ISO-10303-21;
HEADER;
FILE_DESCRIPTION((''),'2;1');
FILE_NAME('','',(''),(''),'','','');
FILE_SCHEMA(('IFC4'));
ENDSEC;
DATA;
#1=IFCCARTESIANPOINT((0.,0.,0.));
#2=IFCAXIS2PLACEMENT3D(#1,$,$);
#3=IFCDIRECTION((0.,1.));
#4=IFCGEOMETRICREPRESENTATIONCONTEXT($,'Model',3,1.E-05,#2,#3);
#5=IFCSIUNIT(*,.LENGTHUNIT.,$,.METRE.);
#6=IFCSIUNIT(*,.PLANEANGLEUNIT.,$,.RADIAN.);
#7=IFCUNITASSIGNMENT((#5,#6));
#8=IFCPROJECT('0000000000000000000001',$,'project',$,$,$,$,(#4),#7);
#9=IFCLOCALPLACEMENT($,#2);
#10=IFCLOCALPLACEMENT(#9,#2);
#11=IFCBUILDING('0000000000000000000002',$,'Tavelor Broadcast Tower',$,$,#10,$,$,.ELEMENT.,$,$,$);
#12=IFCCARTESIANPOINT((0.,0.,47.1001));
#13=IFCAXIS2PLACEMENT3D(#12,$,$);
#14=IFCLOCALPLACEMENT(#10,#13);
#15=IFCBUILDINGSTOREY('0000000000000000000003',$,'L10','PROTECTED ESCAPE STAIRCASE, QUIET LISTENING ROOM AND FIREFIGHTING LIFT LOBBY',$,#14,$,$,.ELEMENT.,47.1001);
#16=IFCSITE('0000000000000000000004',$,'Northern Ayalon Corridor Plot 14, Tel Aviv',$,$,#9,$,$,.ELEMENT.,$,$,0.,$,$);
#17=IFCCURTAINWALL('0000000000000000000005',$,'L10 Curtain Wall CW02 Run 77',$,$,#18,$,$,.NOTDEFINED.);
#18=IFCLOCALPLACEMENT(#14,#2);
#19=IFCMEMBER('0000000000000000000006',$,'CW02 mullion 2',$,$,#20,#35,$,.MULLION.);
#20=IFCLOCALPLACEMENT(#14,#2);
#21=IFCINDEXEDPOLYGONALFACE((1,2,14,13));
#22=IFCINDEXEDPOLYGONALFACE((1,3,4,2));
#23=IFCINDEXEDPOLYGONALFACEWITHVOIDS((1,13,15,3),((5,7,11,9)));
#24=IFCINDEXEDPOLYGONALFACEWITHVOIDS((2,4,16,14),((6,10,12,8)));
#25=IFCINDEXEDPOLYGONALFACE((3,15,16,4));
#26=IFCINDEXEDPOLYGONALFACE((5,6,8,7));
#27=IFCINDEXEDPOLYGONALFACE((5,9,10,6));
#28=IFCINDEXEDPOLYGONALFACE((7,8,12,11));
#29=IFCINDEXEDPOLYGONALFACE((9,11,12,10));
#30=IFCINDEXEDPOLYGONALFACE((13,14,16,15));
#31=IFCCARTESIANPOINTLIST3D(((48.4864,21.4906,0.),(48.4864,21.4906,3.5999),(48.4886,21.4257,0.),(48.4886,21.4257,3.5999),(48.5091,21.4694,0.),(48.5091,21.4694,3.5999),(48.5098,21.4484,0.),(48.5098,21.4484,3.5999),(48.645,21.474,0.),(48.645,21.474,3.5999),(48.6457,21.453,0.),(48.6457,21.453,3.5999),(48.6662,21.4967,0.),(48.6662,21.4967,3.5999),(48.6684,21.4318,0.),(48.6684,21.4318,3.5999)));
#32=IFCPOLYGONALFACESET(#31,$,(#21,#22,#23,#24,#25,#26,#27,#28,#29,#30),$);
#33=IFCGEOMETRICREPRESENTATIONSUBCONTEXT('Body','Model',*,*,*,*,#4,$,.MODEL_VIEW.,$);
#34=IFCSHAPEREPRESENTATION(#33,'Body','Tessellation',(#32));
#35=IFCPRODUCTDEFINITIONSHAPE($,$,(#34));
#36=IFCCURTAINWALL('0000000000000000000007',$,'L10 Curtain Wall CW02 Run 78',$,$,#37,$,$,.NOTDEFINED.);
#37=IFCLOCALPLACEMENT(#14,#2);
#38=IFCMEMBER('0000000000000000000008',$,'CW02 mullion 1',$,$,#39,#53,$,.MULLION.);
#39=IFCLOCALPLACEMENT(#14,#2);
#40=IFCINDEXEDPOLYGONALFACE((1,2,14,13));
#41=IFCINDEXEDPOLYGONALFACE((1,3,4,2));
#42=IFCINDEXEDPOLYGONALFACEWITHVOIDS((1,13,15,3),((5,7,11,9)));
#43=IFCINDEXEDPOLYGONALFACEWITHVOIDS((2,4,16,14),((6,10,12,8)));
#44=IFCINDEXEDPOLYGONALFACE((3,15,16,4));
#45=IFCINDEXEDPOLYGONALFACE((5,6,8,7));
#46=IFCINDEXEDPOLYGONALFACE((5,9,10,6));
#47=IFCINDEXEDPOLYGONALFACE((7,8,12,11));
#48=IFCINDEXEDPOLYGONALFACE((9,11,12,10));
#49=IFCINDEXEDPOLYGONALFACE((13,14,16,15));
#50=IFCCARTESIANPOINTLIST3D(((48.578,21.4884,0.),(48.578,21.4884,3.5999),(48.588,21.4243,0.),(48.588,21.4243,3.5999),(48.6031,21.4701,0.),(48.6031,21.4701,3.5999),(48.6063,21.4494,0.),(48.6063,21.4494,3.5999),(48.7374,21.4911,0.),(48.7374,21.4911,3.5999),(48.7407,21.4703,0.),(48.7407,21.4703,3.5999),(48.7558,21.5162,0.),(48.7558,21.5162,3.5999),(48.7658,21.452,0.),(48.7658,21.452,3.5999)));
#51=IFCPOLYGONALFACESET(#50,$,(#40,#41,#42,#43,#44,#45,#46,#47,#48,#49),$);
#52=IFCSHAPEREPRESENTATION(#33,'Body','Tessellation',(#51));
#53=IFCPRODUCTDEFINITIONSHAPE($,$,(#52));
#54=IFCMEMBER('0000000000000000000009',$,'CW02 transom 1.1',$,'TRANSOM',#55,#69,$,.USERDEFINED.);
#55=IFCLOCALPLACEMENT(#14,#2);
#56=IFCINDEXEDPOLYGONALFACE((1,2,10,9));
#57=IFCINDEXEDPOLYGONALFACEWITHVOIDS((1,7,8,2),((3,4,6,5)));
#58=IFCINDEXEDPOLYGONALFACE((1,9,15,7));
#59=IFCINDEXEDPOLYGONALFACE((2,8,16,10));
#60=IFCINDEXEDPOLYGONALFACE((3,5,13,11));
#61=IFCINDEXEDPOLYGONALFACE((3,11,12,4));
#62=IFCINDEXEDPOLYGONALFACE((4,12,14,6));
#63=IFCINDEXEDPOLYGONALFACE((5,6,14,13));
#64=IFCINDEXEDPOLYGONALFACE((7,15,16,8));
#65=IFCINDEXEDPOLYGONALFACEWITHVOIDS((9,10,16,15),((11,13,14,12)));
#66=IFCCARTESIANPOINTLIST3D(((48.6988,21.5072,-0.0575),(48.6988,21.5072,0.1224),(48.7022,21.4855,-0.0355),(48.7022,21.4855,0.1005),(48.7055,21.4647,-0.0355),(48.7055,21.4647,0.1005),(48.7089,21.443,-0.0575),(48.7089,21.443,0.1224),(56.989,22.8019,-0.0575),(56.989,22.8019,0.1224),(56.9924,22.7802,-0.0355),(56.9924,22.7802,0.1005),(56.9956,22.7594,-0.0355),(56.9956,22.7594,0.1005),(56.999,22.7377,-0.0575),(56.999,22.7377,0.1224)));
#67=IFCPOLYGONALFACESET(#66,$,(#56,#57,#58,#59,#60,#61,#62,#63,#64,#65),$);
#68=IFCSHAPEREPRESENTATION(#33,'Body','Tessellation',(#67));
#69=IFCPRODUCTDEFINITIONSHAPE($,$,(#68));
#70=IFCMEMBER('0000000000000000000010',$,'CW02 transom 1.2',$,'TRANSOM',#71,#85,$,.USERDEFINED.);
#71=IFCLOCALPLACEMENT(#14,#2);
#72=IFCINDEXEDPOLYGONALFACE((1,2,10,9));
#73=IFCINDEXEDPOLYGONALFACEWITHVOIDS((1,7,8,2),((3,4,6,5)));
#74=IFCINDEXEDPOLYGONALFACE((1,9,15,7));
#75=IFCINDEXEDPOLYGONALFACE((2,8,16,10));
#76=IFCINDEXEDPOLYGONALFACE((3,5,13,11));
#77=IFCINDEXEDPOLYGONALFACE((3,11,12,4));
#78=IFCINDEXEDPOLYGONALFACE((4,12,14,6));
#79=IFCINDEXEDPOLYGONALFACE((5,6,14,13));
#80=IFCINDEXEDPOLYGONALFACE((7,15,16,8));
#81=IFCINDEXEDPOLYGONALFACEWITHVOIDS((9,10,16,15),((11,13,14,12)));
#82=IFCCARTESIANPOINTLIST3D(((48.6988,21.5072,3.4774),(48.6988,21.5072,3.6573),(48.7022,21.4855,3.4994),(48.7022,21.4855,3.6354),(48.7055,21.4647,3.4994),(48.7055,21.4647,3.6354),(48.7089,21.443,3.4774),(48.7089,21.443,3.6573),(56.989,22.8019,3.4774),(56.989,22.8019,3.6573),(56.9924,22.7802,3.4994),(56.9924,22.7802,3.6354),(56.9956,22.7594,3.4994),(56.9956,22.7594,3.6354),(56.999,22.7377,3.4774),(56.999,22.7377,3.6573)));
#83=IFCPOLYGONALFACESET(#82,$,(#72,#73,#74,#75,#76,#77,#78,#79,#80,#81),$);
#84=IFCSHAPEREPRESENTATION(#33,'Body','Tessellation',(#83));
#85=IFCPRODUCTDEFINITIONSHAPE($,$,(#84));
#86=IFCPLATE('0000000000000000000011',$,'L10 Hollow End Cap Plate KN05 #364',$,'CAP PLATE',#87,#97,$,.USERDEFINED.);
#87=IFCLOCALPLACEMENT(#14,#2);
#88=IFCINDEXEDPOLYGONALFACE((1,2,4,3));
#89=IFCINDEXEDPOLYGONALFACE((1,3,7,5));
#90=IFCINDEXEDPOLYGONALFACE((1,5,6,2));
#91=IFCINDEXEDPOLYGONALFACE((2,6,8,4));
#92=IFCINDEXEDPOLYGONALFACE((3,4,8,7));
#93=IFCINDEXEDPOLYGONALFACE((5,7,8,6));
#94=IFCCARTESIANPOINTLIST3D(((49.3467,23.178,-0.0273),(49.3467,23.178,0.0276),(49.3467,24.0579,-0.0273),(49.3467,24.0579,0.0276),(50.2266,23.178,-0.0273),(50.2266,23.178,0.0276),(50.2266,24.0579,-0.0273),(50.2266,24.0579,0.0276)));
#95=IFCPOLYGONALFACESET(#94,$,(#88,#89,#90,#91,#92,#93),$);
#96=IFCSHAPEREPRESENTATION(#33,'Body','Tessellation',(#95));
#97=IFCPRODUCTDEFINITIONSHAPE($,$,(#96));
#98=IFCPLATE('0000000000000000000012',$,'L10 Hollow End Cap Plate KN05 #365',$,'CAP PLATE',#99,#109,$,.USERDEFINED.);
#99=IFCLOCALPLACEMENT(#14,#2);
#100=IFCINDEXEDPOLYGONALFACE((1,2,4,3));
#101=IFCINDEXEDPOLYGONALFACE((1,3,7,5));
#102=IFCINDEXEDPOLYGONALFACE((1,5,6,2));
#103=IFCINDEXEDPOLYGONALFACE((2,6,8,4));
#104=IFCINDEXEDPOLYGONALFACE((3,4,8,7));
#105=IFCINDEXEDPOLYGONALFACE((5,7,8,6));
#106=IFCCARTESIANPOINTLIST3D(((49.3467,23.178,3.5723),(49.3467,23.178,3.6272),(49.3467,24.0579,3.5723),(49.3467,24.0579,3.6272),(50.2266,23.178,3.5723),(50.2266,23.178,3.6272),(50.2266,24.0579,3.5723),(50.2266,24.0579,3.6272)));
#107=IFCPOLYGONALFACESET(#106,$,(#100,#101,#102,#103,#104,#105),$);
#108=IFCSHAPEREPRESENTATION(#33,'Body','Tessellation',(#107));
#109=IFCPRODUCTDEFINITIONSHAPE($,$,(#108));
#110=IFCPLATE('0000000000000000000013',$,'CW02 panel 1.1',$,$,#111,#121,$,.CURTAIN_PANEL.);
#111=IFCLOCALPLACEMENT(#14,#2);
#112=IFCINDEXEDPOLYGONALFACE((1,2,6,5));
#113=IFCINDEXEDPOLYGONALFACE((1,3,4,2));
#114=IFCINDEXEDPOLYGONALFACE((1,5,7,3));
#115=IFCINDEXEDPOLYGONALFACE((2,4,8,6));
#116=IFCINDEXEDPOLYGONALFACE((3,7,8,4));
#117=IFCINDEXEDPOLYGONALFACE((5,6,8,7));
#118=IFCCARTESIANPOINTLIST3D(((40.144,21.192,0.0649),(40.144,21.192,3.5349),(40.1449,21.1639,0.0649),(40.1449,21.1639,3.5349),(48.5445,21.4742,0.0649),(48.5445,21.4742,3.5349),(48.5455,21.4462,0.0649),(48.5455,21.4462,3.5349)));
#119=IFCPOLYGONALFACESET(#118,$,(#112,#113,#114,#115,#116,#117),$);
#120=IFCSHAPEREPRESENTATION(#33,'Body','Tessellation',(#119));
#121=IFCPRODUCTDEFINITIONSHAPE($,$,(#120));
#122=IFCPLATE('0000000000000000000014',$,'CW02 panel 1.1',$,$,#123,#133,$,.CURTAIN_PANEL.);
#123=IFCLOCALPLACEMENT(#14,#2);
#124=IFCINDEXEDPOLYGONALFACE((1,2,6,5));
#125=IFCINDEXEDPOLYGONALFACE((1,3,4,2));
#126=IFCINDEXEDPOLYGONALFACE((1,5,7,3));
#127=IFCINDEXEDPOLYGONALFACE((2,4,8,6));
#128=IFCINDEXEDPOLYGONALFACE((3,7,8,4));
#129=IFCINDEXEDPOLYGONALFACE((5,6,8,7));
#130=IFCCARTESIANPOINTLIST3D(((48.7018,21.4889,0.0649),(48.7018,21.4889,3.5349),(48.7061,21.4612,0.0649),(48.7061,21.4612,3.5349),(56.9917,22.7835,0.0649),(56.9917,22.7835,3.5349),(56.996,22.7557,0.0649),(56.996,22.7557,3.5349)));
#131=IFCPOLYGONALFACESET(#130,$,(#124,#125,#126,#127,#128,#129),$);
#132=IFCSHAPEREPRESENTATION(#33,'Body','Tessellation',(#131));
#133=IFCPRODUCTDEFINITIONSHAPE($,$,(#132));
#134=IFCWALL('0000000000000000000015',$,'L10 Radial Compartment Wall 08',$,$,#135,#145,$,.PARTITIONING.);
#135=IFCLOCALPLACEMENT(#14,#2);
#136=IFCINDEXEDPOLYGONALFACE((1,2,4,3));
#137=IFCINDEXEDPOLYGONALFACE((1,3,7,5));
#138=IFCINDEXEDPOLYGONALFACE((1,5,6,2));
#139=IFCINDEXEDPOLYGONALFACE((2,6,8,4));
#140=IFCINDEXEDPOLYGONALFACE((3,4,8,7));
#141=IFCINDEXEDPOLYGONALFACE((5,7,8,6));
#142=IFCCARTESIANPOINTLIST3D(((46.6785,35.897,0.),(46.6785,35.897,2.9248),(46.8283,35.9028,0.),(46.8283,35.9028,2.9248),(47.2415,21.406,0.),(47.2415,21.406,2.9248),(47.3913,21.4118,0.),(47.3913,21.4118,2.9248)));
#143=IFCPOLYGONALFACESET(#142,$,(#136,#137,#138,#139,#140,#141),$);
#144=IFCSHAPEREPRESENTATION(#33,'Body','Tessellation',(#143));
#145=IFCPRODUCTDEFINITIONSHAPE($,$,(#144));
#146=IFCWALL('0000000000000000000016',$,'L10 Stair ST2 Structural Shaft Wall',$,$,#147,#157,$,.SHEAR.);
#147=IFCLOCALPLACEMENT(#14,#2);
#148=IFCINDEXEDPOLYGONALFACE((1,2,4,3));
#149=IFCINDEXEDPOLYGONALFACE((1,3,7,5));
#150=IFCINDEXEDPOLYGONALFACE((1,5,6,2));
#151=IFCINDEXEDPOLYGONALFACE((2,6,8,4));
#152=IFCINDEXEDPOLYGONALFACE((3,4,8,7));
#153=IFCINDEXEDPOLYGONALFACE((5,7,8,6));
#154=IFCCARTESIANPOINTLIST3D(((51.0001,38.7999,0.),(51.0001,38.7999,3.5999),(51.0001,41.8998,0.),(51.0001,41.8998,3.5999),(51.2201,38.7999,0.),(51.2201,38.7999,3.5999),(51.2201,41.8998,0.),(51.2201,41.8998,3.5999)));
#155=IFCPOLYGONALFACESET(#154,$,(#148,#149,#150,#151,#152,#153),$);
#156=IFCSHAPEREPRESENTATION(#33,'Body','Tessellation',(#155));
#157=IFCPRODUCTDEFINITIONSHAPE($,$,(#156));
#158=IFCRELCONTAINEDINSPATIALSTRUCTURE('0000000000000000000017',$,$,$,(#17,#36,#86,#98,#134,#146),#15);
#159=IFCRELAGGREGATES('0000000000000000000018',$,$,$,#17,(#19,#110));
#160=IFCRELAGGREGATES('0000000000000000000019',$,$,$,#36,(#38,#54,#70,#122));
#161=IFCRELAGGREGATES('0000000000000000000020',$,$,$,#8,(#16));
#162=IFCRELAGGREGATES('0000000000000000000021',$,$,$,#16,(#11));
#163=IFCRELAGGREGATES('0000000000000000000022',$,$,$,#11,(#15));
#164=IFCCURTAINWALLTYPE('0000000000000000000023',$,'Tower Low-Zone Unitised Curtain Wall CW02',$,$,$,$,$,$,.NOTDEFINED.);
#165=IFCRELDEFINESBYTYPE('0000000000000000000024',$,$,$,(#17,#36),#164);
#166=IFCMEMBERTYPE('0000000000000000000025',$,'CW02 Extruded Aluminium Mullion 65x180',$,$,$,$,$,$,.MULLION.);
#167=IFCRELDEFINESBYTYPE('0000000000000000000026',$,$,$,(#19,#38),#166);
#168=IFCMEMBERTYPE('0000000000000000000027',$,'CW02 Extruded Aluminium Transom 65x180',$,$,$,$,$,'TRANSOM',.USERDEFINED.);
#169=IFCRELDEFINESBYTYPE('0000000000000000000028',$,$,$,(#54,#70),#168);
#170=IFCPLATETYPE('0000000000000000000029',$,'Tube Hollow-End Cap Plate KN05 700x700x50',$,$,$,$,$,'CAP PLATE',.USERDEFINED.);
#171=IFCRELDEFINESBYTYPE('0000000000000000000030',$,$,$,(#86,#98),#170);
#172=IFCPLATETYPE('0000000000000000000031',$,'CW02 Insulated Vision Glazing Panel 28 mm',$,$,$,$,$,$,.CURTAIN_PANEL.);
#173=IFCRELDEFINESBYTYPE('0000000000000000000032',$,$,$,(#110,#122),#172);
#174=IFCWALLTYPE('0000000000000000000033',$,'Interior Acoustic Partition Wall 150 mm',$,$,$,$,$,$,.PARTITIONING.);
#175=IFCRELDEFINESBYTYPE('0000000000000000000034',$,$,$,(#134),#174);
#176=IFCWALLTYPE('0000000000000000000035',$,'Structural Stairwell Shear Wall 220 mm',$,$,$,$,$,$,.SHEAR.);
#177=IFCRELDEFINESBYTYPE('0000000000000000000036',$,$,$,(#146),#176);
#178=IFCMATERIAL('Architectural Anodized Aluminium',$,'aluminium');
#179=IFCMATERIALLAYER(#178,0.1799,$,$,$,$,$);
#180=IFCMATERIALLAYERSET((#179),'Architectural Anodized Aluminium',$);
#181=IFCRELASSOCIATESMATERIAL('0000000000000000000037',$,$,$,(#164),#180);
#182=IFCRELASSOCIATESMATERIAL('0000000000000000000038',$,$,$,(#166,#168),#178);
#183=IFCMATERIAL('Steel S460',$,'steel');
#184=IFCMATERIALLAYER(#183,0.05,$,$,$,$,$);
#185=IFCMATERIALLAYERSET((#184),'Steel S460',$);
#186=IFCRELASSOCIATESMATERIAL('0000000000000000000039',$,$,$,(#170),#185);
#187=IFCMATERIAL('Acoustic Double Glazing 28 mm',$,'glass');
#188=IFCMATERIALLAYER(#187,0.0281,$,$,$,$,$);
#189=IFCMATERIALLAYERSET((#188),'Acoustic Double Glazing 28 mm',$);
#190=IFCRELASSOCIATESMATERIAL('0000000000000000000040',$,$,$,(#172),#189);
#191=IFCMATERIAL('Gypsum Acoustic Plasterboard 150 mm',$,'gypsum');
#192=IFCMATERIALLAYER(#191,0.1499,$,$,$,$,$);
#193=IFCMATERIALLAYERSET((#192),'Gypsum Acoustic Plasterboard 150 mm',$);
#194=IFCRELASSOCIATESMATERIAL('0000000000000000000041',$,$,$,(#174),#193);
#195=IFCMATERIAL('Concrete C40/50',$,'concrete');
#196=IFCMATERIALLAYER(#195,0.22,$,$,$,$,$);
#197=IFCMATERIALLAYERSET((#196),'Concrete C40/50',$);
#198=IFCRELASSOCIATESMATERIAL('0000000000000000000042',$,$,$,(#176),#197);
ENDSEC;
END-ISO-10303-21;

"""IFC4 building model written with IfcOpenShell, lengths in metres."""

from ifc_helpers import new_model, si_unit, direction, frame, frame_2d, origin, origin_2d, place, context, subcontext, project, spatial, rectangle, hollow_rectangle, extrude, source, transform, mapped, material, layer, layer_set, material_profile, profile_set, type_object, type_shapes, element, aggregate, save


model = new_model("IFC4")

# Units and contexts
model_context = context("Model", 3, precision=1e-05, world=origin(), true_north=direction((0.0, 1.0)))
body_context = subcontext(model_context, "Body", "Model", "MODEL_VIEW")
ifc_project = project(units=[si_unit("LENGTHUNIT", "METRE"), si_unit("PLANEANGLEUNIT", "RADIAN")], contexts=[model_context])

# Site, building, storey
site_placement = place(None, origin())
site = spatial("IfcSite", under=ifc_project, at=site_placement, Name="Northern Ayalon Corridor Plot 14, Tel Aviv", CompositionType="ELEMENT", RefElevation=0.0)
building_placement = place(site_placement, origin())
building = spatial("IfcBuilding", under=site, at=building_placement, Name="Tavelor Broadcast Tower", CompositionType="ELEMENT")
storey_placement = place(building_placement, frame((0.0, 0.0, 47.1001)))
storey = spatial("IfcBuildingStorey", under=building, at=storey_placement, Name="L10", Description="PROTECTED ESCAPE STAIRCASE, QUIET LISTENING ROOM AND FIREFIGHTING LIFT LOBBY", CompositionType="ELEMENT", Elevation=47.1001)

# Shared definitions
ifc_material_1 = material(Name="Steel S460", Category="steel")

# Shared definitions
ifc_material_2 = material(Name="Concrete C40/50", Category="concrete")

# Curtain wall, member
ifc_material_3 = material(Name="Architectural Anodized Aluminium", Category="aluminium")
ifc_layer_1 = layer(ifc_material_3, 0.1799)
ifc_layer_set_1 = layer_set([ifc_layer_1], Name="Architectural Anodized Aluminium")
curtain_wall_type = type_object("IfcCurtainWallType", Name="Tower Low-Zone Unitised Curtain Wall CW02", PredefinedType="NOTDEFINED", material=ifc_layer_set_1)
curtain_wall_1_placement = place(storey_placement, origin())
curtain_wall_1 = element("IfcCurtainWall", 1, at=curtain_wall_1_placement, inside=storey, type_object=curtain_wall_type, Name="L10 Curtain Wall CW02 Run 77", PredefinedType="NOTDEFINED")
ifc_material_profile_1 = material_profile(ifc_material_3, hollow_rectangle(XDim=0.0649, YDim=0.1799, WallThickness=0.022, at=origin_2d()), Name="RHS 65x180x22")
ifc_profile_set_1 = profile_set([ifc_material_profile_1], Name="Architectural Anodized Aluminium")
member_type_1 = type_object("IfcMemberType", Name="CW02 Extruded Aluminium Mullion 65x180", PredefinedType="MULLION", material=ifc_profile_set_1)
shared_shape_1 = source(origin(), body_context, "Body", "SweptSolid", [
    extrude(hollow_rectangle(XDim=0.0649, YDim=0.1799, WallThickness=0.022, at=origin_2d()), origin(), (0.0, 0.0, 1.0), 3.5999),
])
type_shapes(member_type_1, [shared_shape_1])
member_1_placement = place(storey_placement, frame((48.5774, 21.4612, 0.0), z_axis=(0.0, 0.0, 1.0), x_axis=(-0.033578, 0.999436, 0.0)))
member_1 = element("IfcMember", 2, at=member_1_placement, type_object=member_type_1, Name="CW02 mullion 2", PredefinedType="MULLION", context=body_context, shape_type="MappedRepresentation", body=[
    mapped(shared_shape_1, transform((0.0, 0.0, 0.0), scale=1.0)),
])

# Curtain wall, members
curtain_wall_2_placement = place(storey_placement, origin())
curtain_wall_2 = element("IfcCurtainWall", 3, at=curtain_wall_2_placement, inside=storey, type_object=curtain_wall_type, Name="L10 Curtain Wall CW02 Run 78", PredefinedType="NOTDEFINED")
member_2_placement = place(storey_placement, frame((48.6719, 21.4702, 0.0), z_axis=(0.0, 0.0, 1.0), x_axis=(-0.154288, 0.988026, 0.0)))
member_2 = element("IfcMember", 4, at=member_2_placement, type_object=member_type_1, Name="CW02 mullion 1", PredefinedType="MULLION", context=body_context, shape_type="MappedRepresentation", body=[
    mapped(shared_shape_1, transform((0.0, 0.0, 0.0), scale=1.0)),
])
ifc_material_profile_2 = material_profile(ifc_material_3, hollow_rectangle(XDim=0.0649, YDim=0.1799, WallThickness=0.022, at=origin_2d()), Name="RHS 65x180x22")
ifc_profile_set_2 = profile_set([ifc_material_profile_2], Name="Architectural Anodized Aluminium")
member_type_2 = type_object("IfcMemberType", Name="CW02 Extruded Aluminium Transom 65x180", ElementType="TRANSOM", PredefinedType="USERDEFINED", material=ifc_profile_set_2)
shared_shape_2 = source(origin(), body_context, "Body", "SweptSolid", [
    extrude(hollow_rectangle(XDim=0.0649, YDim=0.1799, WallThickness=0.022, at=origin_2d()), origin(), (0.0, 0.0, 1.0), 8.3906),
])
type_shapes(member_type_2, [shared_shape_2])
member_3_placement = place(storey_placement, frame((48.7039, 21.4751, 0.0325), z_axis=(0.988024, 0.154302, 0.0), x_axis=(-0.154302, 0.988024, 0.0)))
member_3 = element("IfcMember", 5, at=member_3_placement, type_object=member_type_2, Name="CW02 transom 1.1", ObjectType="TRANSOM", PredefinedType="USERDEFINED", context=body_context, shape_type="MappedRepresentation", body=[
    mapped(shared_shape_2, transform((0.0, 0.0, 0.0), scale=1.0)),
])
member_4_placement = place(storey_placement, frame((48.7039, 21.4751, 3.5674), z_axis=(0.988024, 0.154302, 0.0), x_axis=(-0.154302, 0.988024, 0.0)))
member_4 = element("IfcMember", 6, at=member_4_placement, type_object=member_type_2, Name="CW02 transom 1.2", ObjectType="TRANSOM", PredefinedType="USERDEFINED", context=body_context, shape_type="MappedRepresentation", body=[
    mapped(shared_shape_2, transform((0.0, 0.0, 0.0), scale=1.0)),
])

# Plates
ifc_layer_2 = layer(ifc_material_1, 0.05)
ifc_layer_set_2 = layer_set([ifc_layer_2], Name="Steel S460")
plate_type_1 = type_object("IfcPlateType", Name="Tube Hollow-End Cap Plate KN05 700x700x50", ElementType="CAP PLATE", PredefinedType="USERDEFINED", material=ifc_layer_set_2)
shared_shape_3 = source(origin(), body_context, "Body", "SweptSolid", [
    extrude(rectangle(XDim=0.8799, YDim=0.8799, at=origin_2d()), origin(), (0.0, 0.0, 1.0), 0.0549),
])
type_shapes(plate_type_1, [shared_shape_3])
for number, where, z_axis, x_axis, name in (
    (7, (49.7866, 23.6179, -0.0273), (0.0, 0.0, 1.0), (1.0, 0.0, 0.0), "L10 Hollow End Cap Plate KN05 #364"),
    (8, (49.7866, 23.6179, 3.5723), (0.0, 0.0, 1.0), (1.0, 0.0, 0.0), "L10 Hollow End Cap Plate KN05 #365"),
):
    element("IfcPlate", number, at=place(storey_placement, frame(where, z_axis=z_axis, x_axis=x_axis)), inside=storey, type_object=plate_type_1, Name=name, ObjectType="CAP PLATE", PredefinedType="USERDEFINED", context=body_context, shape_type="MappedRepresentation", body=[
        mapped(shared_shape_3, transform((0.0, 0.0, 0.0), scale=1.0)),
    ])

# Plates
ifc_material_4 = material(Name="Acoustic Double Glazing 28 mm", Category="glass")
ifc_layer_3 = layer(ifc_material_4, 0.0281)
ifc_layer_set_3 = layer_set([ifc_layer_3], Name="Acoustic Double Glazing 28 mm")
plate_type_2 = type_object("IfcPlateType", Name="CW02 Insulated Vision Glazing Panel 28 mm", PredefinedType="CURTAIN_PANEL", material=ifc_layer_set_3)
shared_shape_4 = source(origin(), body_context, "Body", "SweptSolid", [
    extrude(rectangle(XDim=8.4053, YDim=0.0281, at=origin_2d()), origin(), (0.0, 0.0, 1.0), 3.47),
])
plate_1_placement = place(storey_placement, frame((44.3447, 21.3191, 0.0649), z_axis=(0.0, 0.0, 1.0), x_axis=(0.999436, 0.033578, 0.0)))
plate_1 = element("IfcPlate", 9, at=plate_1_placement, type_object=plate_type_2, Name="CW02 panel 1.1", PredefinedType="CURTAIN_PANEL", context=body_context, shape_type="MappedRepresentation", body=[
    mapped(shared_shape_4, transform((0.0, 0.0, 0.0), scale=1.0)),
])
aggregate(curtain_wall_1, [member_1, plate_1])
shared_shape_5 = source(origin(), body_context, "Body", "SweptSolid", [
    extrude(rectangle(XDim=8.3904, YDim=0.0281, at=origin_2d()), origin(), (0.0, 0.0, 1.0), 3.47),
])
type_shapes(plate_type_2, [shared_shape_4, shared_shape_5])
plate_2_placement = place(storey_placement, frame((52.8489, 22.1223, 0.0649), z_axis=(0.0, 0.0, 1.0), x_axis=(0.988026, 0.154288, 0.0)))
plate_2 = element("IfcPlate", 10, at=plate_2_placement, type_object=plate_type_2, Name="CW02 panel 1.1", PredefinedType="CURTAIN_PANEL", context=body_context, shape_type="MappedRepresentation", body=[
    mapped(shared_shape_5, transform((0.0, 0.0, 0.0), scale=1.0)),
])
aggregate(curtain_wall_2, [member_2, member_3, member_4, plate_2])

# Walls
ifc_material_5 = material(Name="Gypsum Acoustic Plasterboard 150 mm", Category="gypsum")
ifc_layer_4 = layer(ifc_material_5, 0.1499)
ifc_layer_set_4 = layer_set([ifc_layer_4], Name="Gypsum Acoustic Plasterboard 150 mm")
wall_type_1 = type_object("IfcWallType", Name="Interior Acoustic Partition Wall 150 mm", PredefinedType="PARTITIONING", material=ifc_layer_set_4)
wall_1_placement = place(storey_placement, frame((46.7534, 35.8999, 0.0), z_axis=(0.0, 0.0, 1.0), x_axis=(0.038822, -0.999246, 0.0)))
element("IfcWall", 11, at=wall_1_placement, inside=storey, type_object=wall_type_1, Name="L10 Radial Compartment Wall 08", PredefinedType="PARTITIONING", context=body_context, shape_type="SweptSolid", body=[
    extrude(rectangle(XDim=14.502, YDim=0.1499, at=frame_2d((7.251, 0.0))), origin(), (0.0, 0.0, 1.0), 2.9248),
])
ifc_layer_5 = layer(ifc_material_2, 0.22)
ifc_layer_set_5 = layer_set([ifc_layer_5], Name="Concrete C40/50")
wall_type_2 = type_object("IfcWallType", Name="Structural Stairwell Shear Wall 220 mm", PredefinedType="SHEAR", material=ifc_layer_set_5)
wall_2_placement = place(storey_placement, frame((51.1101, 38.8, 0.0), z_axis=(0.0, 0.0, 1.0), x_axis=(0.0, 1.0, 0.0)))
element("IfcWall", 12, at=wall_2_placement, inside=storey, type_object=wall_type_2, Name="L10 Stair ST2 Structural Shaft Wall", PredefinedType="SHEAR", context=body_context, shape_type="SweptSolid", body=[
    extrude(rectangle(XDim=3.0999, YDim=0.22, at=frame_2d((1.5498, 0.0))), origin(), (0.0, 0.0, 1.0), 3.5999),
])

save(model, "model.ifc")
